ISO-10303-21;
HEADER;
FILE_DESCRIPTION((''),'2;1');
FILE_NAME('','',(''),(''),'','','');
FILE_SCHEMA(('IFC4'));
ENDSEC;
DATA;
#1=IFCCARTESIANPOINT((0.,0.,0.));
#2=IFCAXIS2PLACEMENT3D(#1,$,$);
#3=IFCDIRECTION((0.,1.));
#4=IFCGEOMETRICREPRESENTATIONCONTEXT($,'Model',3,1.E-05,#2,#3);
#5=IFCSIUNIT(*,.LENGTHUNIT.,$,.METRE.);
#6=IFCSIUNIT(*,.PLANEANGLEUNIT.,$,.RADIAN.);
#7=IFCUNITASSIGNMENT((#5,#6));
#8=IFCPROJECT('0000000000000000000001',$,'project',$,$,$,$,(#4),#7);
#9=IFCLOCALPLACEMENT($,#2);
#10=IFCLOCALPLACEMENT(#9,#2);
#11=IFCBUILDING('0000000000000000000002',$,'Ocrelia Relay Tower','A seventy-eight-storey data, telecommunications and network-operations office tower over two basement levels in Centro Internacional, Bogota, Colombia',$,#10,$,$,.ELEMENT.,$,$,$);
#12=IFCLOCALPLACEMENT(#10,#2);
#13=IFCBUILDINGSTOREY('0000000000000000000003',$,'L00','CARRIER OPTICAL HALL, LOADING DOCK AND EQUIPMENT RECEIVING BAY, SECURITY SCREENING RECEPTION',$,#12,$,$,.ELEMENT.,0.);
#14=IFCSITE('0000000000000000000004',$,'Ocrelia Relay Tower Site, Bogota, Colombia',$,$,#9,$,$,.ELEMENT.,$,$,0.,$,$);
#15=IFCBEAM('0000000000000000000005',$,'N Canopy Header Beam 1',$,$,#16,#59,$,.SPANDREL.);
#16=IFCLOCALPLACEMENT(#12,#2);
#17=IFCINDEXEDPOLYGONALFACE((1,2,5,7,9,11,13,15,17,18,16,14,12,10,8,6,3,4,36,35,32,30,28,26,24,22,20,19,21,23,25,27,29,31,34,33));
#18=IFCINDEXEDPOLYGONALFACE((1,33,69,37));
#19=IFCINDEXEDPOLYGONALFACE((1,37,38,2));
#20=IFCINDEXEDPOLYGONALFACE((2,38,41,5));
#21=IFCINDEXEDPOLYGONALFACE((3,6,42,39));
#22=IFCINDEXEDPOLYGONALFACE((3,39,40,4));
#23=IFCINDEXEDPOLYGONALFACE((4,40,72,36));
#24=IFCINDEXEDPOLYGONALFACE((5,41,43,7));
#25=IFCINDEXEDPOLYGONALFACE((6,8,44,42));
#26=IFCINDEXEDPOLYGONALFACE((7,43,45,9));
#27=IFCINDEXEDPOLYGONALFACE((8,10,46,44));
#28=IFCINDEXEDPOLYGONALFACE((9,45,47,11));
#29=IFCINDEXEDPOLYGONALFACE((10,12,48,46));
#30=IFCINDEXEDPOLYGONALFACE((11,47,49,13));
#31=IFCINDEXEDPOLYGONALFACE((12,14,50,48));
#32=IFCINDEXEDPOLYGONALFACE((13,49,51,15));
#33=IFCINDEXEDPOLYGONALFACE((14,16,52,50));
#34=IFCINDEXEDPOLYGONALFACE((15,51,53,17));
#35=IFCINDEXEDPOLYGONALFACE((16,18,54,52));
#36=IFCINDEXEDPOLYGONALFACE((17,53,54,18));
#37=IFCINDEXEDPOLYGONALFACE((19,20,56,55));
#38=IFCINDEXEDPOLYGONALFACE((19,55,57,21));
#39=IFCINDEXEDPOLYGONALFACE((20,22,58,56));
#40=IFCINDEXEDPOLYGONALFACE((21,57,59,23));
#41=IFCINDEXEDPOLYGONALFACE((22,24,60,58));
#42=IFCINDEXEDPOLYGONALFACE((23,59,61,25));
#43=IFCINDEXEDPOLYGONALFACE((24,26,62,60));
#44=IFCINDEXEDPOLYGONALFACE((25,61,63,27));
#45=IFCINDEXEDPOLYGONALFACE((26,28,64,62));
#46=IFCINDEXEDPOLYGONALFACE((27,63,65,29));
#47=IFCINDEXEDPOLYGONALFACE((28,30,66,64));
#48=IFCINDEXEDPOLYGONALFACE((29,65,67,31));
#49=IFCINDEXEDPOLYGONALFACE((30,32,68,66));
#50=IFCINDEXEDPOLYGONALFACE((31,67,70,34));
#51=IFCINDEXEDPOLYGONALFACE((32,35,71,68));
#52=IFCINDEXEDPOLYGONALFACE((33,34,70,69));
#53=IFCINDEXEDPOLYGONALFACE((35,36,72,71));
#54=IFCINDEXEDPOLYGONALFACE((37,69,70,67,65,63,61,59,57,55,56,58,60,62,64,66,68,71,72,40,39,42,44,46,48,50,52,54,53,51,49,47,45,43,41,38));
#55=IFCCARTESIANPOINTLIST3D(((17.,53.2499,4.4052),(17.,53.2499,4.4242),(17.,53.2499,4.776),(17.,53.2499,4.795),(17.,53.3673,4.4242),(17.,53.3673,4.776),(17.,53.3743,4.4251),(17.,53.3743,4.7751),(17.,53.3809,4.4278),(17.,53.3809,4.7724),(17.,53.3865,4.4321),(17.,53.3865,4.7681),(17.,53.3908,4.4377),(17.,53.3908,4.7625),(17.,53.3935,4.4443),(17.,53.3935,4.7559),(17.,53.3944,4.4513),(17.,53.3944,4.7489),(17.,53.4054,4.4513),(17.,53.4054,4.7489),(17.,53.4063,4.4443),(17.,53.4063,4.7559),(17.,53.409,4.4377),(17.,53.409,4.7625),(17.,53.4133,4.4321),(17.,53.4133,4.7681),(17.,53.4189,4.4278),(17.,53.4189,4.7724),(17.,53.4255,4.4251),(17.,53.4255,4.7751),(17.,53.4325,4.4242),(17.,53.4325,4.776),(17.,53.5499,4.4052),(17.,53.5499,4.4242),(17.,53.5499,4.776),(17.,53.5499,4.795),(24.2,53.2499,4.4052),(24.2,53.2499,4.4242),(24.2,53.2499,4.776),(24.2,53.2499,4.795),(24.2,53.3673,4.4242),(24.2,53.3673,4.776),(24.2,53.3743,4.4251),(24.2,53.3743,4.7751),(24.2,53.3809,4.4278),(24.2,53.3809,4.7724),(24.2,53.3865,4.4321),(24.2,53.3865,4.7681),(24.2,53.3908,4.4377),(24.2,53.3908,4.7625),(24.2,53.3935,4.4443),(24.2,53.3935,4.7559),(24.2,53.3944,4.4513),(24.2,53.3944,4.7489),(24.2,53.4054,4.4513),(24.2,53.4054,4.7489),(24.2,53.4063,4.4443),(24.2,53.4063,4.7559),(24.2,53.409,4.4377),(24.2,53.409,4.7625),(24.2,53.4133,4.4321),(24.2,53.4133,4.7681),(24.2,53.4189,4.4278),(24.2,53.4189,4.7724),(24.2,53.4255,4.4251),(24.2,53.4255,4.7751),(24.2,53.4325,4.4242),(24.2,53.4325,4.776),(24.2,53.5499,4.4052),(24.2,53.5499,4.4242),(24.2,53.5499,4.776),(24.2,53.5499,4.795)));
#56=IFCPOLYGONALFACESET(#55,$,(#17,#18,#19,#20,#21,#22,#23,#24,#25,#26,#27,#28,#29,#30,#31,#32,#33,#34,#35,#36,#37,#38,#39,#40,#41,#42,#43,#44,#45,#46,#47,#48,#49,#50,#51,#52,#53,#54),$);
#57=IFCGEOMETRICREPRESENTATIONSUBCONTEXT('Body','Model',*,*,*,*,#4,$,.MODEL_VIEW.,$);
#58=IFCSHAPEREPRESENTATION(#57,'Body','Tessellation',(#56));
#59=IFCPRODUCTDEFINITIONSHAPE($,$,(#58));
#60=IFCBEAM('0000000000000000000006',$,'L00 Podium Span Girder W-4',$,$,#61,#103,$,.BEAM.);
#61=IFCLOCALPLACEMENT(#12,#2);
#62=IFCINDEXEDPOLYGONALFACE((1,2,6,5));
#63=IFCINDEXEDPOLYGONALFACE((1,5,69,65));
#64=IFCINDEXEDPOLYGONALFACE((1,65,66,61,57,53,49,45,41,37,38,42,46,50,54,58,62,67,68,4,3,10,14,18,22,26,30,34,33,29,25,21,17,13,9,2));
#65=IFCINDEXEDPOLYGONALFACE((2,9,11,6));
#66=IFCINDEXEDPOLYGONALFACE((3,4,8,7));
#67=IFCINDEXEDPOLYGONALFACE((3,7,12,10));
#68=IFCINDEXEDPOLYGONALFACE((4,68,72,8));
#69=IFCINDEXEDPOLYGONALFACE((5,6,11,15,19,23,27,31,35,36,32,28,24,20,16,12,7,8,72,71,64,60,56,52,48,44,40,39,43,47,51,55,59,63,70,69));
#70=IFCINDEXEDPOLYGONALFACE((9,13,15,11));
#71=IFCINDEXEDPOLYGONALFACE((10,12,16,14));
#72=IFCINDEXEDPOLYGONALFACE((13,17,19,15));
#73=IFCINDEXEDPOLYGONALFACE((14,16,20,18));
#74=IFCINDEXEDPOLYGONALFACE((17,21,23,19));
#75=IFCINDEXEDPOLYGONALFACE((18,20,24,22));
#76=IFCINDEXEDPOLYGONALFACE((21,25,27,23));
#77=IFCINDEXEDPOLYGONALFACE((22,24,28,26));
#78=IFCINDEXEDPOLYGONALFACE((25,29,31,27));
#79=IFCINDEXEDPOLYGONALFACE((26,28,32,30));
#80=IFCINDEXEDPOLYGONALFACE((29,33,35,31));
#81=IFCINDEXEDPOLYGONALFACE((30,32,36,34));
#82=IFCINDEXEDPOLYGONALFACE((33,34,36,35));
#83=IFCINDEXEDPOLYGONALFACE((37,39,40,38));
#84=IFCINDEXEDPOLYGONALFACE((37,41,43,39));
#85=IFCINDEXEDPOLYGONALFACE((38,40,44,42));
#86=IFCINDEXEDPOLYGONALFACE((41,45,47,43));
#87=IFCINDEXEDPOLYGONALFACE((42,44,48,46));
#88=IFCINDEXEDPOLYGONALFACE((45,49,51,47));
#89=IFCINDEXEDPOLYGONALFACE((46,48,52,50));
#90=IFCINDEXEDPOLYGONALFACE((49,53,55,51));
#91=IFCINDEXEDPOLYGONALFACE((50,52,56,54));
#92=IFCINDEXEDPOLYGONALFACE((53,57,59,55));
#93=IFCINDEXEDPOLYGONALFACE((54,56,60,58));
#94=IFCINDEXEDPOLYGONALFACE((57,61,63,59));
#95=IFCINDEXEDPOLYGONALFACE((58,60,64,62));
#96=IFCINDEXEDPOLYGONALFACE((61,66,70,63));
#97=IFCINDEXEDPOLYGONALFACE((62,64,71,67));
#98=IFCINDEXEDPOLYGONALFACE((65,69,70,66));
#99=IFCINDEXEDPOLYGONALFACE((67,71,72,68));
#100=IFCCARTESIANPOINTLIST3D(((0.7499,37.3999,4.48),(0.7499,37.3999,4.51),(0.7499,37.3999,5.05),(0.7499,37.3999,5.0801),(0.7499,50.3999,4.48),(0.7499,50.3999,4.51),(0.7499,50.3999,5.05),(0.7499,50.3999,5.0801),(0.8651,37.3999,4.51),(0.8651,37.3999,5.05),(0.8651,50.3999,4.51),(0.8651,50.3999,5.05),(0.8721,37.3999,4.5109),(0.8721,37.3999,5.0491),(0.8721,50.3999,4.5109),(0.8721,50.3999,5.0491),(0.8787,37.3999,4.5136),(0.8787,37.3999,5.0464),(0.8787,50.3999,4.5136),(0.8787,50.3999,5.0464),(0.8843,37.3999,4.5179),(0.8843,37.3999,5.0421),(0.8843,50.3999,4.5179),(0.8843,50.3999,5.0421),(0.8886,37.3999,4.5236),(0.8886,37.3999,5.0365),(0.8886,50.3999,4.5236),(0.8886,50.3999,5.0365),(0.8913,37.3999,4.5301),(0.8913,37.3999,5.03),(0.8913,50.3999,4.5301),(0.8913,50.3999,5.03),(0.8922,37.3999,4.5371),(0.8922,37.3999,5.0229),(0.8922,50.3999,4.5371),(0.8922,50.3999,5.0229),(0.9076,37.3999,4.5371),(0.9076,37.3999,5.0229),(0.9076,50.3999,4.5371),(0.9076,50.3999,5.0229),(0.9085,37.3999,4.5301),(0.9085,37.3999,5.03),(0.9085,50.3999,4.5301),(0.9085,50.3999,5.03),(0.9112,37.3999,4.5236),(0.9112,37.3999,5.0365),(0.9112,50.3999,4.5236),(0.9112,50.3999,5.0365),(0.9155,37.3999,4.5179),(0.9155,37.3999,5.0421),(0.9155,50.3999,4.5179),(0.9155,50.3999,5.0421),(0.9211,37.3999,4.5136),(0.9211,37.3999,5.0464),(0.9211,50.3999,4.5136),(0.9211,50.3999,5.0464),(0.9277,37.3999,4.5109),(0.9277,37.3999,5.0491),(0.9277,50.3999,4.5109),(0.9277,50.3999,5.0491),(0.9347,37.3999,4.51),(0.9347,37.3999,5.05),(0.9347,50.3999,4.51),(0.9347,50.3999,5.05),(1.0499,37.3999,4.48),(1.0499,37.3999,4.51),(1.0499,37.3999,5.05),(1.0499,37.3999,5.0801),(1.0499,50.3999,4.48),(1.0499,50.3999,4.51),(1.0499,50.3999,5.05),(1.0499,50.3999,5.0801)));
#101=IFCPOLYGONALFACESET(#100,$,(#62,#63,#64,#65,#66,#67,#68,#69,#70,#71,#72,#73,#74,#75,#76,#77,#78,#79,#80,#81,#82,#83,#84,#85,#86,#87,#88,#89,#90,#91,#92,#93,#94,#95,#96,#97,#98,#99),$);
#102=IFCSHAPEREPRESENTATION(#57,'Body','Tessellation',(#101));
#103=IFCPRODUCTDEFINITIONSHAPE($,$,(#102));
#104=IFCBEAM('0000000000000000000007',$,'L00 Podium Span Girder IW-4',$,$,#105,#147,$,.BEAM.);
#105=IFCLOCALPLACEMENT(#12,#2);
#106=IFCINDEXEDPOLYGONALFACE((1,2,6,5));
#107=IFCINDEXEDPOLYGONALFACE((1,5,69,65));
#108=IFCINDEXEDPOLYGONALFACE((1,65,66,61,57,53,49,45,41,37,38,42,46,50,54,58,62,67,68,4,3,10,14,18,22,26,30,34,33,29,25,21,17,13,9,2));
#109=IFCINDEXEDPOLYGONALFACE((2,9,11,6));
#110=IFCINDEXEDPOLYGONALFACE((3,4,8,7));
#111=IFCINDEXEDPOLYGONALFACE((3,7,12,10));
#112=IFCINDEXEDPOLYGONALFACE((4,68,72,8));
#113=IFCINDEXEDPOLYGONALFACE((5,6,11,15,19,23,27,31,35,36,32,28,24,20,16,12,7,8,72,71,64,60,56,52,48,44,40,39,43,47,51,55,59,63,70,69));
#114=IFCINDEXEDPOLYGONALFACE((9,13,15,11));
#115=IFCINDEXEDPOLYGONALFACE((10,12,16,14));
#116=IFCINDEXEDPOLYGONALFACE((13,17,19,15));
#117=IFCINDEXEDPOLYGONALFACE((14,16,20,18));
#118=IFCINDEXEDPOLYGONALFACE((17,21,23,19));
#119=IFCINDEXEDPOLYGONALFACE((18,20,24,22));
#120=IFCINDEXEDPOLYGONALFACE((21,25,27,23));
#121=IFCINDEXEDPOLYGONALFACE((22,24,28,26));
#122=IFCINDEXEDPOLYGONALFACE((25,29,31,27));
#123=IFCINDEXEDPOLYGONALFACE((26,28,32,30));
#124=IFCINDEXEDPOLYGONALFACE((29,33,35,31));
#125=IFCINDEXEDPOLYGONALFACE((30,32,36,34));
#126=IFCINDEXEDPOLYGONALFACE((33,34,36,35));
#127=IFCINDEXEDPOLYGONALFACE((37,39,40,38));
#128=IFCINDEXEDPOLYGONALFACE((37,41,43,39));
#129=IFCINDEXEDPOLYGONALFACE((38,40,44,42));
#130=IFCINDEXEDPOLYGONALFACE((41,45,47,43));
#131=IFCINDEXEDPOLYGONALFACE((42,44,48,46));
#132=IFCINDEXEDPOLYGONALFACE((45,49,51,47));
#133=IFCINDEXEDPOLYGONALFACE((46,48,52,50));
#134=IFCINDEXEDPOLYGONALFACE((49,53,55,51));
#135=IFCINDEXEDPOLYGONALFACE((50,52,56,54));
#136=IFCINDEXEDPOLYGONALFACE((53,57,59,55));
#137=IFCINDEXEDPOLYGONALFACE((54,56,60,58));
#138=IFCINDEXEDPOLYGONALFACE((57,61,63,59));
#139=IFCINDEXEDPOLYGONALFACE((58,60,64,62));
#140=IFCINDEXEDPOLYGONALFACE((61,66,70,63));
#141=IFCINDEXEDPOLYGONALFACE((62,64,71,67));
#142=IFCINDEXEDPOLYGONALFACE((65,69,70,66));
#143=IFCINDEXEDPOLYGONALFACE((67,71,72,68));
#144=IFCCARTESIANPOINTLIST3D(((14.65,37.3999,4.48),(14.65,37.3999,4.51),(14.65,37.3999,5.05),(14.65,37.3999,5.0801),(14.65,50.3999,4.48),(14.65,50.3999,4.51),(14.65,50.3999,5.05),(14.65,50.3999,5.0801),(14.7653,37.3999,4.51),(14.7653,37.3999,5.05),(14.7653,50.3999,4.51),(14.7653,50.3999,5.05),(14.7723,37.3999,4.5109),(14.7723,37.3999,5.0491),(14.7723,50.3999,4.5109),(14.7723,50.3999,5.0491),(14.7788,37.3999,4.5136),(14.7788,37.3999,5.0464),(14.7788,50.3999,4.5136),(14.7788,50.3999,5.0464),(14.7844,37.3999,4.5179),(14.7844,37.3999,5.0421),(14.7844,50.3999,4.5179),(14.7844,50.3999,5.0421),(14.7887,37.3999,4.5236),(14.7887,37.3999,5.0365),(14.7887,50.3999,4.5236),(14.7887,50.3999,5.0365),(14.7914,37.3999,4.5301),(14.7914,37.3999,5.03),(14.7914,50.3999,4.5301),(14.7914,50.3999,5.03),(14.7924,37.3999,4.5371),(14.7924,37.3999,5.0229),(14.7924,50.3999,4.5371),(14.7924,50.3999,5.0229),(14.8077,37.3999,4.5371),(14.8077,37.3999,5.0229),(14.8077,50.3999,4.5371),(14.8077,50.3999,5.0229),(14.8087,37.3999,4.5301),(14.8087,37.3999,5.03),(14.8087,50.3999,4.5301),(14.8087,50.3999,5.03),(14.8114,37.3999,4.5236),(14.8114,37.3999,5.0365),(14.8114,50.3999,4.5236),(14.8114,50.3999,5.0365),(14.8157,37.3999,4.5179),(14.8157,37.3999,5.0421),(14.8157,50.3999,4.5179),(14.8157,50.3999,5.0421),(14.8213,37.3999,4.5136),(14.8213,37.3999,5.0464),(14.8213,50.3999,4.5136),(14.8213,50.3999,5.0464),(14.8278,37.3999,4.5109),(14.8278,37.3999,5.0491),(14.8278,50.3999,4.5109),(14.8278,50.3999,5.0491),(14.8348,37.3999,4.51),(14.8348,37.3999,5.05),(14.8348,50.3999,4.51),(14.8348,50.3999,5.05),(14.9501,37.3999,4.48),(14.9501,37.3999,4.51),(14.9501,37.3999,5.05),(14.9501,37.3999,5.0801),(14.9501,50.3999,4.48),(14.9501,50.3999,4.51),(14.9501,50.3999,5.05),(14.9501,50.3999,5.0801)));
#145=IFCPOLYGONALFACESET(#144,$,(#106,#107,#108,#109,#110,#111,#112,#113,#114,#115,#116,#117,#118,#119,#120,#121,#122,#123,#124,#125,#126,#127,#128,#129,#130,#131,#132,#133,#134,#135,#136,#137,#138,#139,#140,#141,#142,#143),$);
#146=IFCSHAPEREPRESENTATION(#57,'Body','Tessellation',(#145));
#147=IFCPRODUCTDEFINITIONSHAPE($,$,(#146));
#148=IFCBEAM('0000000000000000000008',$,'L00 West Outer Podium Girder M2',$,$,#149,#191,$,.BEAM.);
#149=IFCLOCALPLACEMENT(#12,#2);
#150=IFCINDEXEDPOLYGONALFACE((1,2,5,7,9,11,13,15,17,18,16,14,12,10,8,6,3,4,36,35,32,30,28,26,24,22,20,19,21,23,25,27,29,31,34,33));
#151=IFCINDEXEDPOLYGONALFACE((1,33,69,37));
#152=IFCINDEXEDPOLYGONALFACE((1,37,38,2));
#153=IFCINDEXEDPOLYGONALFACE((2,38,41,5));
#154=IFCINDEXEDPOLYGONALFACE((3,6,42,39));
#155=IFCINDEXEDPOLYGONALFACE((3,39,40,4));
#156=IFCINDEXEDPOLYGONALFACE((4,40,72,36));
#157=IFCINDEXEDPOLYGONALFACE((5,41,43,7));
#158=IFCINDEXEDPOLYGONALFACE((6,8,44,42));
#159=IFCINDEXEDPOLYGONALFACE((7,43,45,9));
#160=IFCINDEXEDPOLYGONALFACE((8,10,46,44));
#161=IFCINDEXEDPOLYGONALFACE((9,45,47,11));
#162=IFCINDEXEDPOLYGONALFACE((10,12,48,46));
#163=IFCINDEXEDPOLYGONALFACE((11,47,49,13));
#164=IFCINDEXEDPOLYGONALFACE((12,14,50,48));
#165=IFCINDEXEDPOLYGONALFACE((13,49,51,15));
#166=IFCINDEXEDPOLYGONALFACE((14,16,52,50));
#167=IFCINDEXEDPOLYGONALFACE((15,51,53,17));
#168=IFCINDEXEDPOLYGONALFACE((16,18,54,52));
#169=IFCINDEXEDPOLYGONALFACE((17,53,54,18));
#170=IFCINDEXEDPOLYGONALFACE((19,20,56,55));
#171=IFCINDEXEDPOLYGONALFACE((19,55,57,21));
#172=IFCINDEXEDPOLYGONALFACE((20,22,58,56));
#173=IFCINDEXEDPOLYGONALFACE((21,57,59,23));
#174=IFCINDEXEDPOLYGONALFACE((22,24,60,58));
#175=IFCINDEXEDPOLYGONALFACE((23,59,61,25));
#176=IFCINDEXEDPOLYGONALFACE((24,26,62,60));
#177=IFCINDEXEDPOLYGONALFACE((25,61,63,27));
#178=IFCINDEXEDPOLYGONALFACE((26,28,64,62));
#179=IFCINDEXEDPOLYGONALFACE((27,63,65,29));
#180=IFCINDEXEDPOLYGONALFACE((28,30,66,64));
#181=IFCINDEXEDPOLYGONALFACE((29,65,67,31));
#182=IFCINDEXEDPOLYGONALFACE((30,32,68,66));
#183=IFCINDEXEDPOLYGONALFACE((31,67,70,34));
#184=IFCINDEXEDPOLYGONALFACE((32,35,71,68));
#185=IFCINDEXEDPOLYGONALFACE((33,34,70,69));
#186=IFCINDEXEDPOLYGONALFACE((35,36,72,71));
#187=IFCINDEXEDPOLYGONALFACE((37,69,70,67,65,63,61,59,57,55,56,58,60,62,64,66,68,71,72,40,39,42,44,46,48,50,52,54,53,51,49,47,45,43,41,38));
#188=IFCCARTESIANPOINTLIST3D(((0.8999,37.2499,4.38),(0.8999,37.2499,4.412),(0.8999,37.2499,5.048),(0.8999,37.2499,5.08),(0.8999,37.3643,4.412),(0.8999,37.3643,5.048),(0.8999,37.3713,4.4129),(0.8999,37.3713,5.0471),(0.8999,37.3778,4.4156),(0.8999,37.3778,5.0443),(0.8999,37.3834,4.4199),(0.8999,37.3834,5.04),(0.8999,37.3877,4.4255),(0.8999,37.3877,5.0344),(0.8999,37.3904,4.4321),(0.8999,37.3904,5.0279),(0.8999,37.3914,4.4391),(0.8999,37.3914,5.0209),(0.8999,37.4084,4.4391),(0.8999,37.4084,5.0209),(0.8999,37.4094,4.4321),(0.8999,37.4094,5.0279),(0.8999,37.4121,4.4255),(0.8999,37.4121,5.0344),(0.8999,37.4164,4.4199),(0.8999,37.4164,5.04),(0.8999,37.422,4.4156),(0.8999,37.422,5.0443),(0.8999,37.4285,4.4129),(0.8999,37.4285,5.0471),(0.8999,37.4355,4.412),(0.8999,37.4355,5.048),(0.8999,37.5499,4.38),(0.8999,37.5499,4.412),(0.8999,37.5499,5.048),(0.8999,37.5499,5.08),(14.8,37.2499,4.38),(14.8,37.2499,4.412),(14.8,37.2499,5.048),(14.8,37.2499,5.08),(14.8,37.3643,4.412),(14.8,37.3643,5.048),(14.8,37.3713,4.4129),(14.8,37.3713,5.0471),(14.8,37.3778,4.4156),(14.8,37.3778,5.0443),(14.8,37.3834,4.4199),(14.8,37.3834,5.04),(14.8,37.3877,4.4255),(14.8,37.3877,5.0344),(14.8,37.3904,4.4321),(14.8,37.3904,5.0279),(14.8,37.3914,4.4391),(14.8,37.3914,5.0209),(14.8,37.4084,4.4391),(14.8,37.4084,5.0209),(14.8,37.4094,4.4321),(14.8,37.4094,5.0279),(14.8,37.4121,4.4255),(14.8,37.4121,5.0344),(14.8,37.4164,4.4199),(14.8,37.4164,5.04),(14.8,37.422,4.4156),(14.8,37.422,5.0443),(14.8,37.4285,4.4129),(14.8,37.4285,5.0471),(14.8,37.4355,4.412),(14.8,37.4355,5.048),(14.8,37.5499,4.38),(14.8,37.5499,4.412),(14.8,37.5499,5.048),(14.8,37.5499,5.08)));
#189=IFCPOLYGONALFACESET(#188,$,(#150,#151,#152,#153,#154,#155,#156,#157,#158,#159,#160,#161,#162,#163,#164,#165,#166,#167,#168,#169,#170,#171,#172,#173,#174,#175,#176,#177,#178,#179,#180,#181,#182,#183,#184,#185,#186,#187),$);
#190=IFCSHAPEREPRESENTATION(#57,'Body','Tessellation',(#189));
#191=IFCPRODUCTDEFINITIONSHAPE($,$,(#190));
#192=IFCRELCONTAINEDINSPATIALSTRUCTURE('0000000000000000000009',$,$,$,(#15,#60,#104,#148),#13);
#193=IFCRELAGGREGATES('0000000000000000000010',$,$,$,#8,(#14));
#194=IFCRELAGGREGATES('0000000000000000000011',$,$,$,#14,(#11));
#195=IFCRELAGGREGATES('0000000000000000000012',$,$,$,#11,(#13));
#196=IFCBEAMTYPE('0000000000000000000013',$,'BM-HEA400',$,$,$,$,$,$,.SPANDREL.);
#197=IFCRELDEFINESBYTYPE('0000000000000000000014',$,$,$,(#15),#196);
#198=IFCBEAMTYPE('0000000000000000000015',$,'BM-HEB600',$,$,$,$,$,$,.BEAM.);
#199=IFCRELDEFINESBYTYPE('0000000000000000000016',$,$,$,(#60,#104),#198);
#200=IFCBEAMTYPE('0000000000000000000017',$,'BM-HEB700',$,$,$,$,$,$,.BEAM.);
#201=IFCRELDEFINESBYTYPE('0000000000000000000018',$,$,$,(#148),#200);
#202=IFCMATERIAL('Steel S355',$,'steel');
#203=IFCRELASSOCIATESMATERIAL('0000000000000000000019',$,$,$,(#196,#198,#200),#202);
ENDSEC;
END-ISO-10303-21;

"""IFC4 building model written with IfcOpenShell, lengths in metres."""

from ifc_helpers import new_model, si_unit, direction, frame, origin, origin_2d, place, context, subcontext, project, spatial, i_section, extrude, material, material_profile, profile_set, type_object, element, save


model = new_model("IFC4")

# Units and contexts
model_context = context("Model", 3, precision=1e-05, world=origin(), true_north=direction((0.0, 1.0)))
body_context = subcontext(model_context, "Body", "Model", "MODEL_VIEW")
ifc_project = project(units=[si_unit("LENGTHUNIT", "METRE"), si_unit("PLANEANGLEUNIT", "RADIAN")], contexts=[model_context])

# Site, building, storey
site_placement = place(None, origin())
site = spatial("IfcSite", under=ifc_project, at=site_placement, Name="Ocrelia Relay Tower Site, Bogota, Colombia", CompositionType="ELEMENT", RefElevation=0.0)
building_placement = place(site_placement, origin())
building = spatial("IfcBuilding", under=site, at=building_placement, Name="Ocrelia Relay Tower", Description="A seventy-eight-storey data, telecommunications and network-operations office tower over two basement levels in Centro Internacional, Bogota, Colombia", CompositionType="ELEMENT")
storey_placement = place(building_placement, origin())
storey = spatial("IfcBuildingStorey", under=building, at=storey_placement, Name="L00", Description="CARRIER OPTICAL HALL, LOADING DOCK AND EQUIPMENT RECEIVING BAY, SECURITY SCREENING RECEPTION", CompositionType="ELEMENT", Elevation=0.0)

# Beams
ifc_material_1 = material(Name="Steel S355", Category="steel")
ifc_material_profile_1 = material_profile(ifc_material_1, i_section(OverallWidth=0.3, OverallDepth=0.3899, WebThickness=0.011, FlangeThickness=0.019, FilletRadius=0.0271, at=origin_2d()), Name="HEA 400")
ifc_profile_set_1 = profile_set([ifc_material_profile_1], Name="Steel S355")
beam_type_1 = type_object("IfcBeamType", Name="BM-HEA400", PredefinedType="SPANDREL", material=ifc_profile_set_1)
for number, where, z_axis, x_axis, name in (
    (1, (17.0, 53.3999, 4.6001), (1.0, 0.0, 0.0), (0.0, 1.0, 0.0), "N Canopy Header Beam 1"),
):
    element("IfcBeam", number, at=place(storey_placement, frame(where, z_axis=z_axis, x_axis=x_axis)), inside=storey, type_object=beam_type_1, Name=name, PredefinedType="SPANDREL", context=body_context, shape_type="SweptSolid", body=[
        extrude(i_section(OverallWidth=0.3, OverallDepth=0.3899, WebThickness=0.011, FlangeThickness=0.019, FilletRadius=0.0271, at=origin_2d()), origin(), (0.0, 0.0, 1.0), 7.2),
    ])
ifc_material_profile_2 = material_profile(ifc_material_1, i_section(OverallWidth=0.3, OverallDepth=0.6001, WebThickness=0.0154, FlangeThickness=0.03, FilletRadius=0.0271, at=origin_2d()), Name="HEB 600")
ifc_profile_set_2 = profile_set([ifc_material_profile_2], Name="Steel S355")
beam_type_2 = type_object("IfcBeamType", Name="BM-HEB600", PredefinedType="BEAM", material=ifc_profile_set_2)
for number, where, z_axis, x_axis, name in (
    (2, (0.8999, 37.3999, 4.78), (0.0, 1.0, 0.0), (-1.0, 0.0, 0.0), "L00 Podium Span Girder W-4"),
    (3, (14.8, 37.3999, 4.78), (0.0, 1.0, 0.0), (-1.0, 0.0, 0.0), "L00 Podium Span Girder IW-4"),
):
    element("IfcBeam", number, at=place(storey_placement, frame(where, z_axis=z_axis, x_axis=x_axis)), inside=storey, type_object=beam_type_2, Name=name, PredefinedType="BEAM", context=body_context, shape_type="SweptSolid", body=[
        extrude(i_section(OverallWidth=0.3, OverallDepth=0.6001, WebThickness=0.0154, FlangeThickness=0.03, FilletRadius=0.0271, at=origin_2d()), origin(), (0.0, 0.0, 1.0), 13.0),
    ])
ifc_material_profile_3 = material_profile(ifc_material_1, i_section(OverallWidth=0.3, OverallDepth=0.7, WebThickness=0.0171, FlangeThickness=0.032, FilletRadius=0.0271, at=origin_2d()), Name="HEB 700")
ifc_profile_set_3 = profile_set([ifc_material_profile_3], Name="Steel S355")
beam_type_3 = type_object("IfcBeamType", Name="BM-HEB700", PredefinedType="BEAM", material=ifc_profile_set_3)
beam_1_placement = place(storey_placement, frame((0.8999, 37.3999, 4.73), z_axis=(1.0, 0.0, 0.0), x_axis=(0.0, 1.0, 0.0)))
element("IfcBeam", 4, at=beam_1_placement, inside=storey, type_object=beam_type_3, Name="L00 West Outer Podium Girder M2", PredefinedType="BEAM", context=body_context, shape_type="SweptSolid", body=[
    extrude(i_section(OverallWidth=0.3, OverallDepth=0.7, WebThickness=0.0171, FlangeThickness=0.032, FilletRadius=0.0271, at=origin_2d()), origin(), (0.0, 0.0, 1.0), 13.9001),
])

save(model, "model.ifc")
